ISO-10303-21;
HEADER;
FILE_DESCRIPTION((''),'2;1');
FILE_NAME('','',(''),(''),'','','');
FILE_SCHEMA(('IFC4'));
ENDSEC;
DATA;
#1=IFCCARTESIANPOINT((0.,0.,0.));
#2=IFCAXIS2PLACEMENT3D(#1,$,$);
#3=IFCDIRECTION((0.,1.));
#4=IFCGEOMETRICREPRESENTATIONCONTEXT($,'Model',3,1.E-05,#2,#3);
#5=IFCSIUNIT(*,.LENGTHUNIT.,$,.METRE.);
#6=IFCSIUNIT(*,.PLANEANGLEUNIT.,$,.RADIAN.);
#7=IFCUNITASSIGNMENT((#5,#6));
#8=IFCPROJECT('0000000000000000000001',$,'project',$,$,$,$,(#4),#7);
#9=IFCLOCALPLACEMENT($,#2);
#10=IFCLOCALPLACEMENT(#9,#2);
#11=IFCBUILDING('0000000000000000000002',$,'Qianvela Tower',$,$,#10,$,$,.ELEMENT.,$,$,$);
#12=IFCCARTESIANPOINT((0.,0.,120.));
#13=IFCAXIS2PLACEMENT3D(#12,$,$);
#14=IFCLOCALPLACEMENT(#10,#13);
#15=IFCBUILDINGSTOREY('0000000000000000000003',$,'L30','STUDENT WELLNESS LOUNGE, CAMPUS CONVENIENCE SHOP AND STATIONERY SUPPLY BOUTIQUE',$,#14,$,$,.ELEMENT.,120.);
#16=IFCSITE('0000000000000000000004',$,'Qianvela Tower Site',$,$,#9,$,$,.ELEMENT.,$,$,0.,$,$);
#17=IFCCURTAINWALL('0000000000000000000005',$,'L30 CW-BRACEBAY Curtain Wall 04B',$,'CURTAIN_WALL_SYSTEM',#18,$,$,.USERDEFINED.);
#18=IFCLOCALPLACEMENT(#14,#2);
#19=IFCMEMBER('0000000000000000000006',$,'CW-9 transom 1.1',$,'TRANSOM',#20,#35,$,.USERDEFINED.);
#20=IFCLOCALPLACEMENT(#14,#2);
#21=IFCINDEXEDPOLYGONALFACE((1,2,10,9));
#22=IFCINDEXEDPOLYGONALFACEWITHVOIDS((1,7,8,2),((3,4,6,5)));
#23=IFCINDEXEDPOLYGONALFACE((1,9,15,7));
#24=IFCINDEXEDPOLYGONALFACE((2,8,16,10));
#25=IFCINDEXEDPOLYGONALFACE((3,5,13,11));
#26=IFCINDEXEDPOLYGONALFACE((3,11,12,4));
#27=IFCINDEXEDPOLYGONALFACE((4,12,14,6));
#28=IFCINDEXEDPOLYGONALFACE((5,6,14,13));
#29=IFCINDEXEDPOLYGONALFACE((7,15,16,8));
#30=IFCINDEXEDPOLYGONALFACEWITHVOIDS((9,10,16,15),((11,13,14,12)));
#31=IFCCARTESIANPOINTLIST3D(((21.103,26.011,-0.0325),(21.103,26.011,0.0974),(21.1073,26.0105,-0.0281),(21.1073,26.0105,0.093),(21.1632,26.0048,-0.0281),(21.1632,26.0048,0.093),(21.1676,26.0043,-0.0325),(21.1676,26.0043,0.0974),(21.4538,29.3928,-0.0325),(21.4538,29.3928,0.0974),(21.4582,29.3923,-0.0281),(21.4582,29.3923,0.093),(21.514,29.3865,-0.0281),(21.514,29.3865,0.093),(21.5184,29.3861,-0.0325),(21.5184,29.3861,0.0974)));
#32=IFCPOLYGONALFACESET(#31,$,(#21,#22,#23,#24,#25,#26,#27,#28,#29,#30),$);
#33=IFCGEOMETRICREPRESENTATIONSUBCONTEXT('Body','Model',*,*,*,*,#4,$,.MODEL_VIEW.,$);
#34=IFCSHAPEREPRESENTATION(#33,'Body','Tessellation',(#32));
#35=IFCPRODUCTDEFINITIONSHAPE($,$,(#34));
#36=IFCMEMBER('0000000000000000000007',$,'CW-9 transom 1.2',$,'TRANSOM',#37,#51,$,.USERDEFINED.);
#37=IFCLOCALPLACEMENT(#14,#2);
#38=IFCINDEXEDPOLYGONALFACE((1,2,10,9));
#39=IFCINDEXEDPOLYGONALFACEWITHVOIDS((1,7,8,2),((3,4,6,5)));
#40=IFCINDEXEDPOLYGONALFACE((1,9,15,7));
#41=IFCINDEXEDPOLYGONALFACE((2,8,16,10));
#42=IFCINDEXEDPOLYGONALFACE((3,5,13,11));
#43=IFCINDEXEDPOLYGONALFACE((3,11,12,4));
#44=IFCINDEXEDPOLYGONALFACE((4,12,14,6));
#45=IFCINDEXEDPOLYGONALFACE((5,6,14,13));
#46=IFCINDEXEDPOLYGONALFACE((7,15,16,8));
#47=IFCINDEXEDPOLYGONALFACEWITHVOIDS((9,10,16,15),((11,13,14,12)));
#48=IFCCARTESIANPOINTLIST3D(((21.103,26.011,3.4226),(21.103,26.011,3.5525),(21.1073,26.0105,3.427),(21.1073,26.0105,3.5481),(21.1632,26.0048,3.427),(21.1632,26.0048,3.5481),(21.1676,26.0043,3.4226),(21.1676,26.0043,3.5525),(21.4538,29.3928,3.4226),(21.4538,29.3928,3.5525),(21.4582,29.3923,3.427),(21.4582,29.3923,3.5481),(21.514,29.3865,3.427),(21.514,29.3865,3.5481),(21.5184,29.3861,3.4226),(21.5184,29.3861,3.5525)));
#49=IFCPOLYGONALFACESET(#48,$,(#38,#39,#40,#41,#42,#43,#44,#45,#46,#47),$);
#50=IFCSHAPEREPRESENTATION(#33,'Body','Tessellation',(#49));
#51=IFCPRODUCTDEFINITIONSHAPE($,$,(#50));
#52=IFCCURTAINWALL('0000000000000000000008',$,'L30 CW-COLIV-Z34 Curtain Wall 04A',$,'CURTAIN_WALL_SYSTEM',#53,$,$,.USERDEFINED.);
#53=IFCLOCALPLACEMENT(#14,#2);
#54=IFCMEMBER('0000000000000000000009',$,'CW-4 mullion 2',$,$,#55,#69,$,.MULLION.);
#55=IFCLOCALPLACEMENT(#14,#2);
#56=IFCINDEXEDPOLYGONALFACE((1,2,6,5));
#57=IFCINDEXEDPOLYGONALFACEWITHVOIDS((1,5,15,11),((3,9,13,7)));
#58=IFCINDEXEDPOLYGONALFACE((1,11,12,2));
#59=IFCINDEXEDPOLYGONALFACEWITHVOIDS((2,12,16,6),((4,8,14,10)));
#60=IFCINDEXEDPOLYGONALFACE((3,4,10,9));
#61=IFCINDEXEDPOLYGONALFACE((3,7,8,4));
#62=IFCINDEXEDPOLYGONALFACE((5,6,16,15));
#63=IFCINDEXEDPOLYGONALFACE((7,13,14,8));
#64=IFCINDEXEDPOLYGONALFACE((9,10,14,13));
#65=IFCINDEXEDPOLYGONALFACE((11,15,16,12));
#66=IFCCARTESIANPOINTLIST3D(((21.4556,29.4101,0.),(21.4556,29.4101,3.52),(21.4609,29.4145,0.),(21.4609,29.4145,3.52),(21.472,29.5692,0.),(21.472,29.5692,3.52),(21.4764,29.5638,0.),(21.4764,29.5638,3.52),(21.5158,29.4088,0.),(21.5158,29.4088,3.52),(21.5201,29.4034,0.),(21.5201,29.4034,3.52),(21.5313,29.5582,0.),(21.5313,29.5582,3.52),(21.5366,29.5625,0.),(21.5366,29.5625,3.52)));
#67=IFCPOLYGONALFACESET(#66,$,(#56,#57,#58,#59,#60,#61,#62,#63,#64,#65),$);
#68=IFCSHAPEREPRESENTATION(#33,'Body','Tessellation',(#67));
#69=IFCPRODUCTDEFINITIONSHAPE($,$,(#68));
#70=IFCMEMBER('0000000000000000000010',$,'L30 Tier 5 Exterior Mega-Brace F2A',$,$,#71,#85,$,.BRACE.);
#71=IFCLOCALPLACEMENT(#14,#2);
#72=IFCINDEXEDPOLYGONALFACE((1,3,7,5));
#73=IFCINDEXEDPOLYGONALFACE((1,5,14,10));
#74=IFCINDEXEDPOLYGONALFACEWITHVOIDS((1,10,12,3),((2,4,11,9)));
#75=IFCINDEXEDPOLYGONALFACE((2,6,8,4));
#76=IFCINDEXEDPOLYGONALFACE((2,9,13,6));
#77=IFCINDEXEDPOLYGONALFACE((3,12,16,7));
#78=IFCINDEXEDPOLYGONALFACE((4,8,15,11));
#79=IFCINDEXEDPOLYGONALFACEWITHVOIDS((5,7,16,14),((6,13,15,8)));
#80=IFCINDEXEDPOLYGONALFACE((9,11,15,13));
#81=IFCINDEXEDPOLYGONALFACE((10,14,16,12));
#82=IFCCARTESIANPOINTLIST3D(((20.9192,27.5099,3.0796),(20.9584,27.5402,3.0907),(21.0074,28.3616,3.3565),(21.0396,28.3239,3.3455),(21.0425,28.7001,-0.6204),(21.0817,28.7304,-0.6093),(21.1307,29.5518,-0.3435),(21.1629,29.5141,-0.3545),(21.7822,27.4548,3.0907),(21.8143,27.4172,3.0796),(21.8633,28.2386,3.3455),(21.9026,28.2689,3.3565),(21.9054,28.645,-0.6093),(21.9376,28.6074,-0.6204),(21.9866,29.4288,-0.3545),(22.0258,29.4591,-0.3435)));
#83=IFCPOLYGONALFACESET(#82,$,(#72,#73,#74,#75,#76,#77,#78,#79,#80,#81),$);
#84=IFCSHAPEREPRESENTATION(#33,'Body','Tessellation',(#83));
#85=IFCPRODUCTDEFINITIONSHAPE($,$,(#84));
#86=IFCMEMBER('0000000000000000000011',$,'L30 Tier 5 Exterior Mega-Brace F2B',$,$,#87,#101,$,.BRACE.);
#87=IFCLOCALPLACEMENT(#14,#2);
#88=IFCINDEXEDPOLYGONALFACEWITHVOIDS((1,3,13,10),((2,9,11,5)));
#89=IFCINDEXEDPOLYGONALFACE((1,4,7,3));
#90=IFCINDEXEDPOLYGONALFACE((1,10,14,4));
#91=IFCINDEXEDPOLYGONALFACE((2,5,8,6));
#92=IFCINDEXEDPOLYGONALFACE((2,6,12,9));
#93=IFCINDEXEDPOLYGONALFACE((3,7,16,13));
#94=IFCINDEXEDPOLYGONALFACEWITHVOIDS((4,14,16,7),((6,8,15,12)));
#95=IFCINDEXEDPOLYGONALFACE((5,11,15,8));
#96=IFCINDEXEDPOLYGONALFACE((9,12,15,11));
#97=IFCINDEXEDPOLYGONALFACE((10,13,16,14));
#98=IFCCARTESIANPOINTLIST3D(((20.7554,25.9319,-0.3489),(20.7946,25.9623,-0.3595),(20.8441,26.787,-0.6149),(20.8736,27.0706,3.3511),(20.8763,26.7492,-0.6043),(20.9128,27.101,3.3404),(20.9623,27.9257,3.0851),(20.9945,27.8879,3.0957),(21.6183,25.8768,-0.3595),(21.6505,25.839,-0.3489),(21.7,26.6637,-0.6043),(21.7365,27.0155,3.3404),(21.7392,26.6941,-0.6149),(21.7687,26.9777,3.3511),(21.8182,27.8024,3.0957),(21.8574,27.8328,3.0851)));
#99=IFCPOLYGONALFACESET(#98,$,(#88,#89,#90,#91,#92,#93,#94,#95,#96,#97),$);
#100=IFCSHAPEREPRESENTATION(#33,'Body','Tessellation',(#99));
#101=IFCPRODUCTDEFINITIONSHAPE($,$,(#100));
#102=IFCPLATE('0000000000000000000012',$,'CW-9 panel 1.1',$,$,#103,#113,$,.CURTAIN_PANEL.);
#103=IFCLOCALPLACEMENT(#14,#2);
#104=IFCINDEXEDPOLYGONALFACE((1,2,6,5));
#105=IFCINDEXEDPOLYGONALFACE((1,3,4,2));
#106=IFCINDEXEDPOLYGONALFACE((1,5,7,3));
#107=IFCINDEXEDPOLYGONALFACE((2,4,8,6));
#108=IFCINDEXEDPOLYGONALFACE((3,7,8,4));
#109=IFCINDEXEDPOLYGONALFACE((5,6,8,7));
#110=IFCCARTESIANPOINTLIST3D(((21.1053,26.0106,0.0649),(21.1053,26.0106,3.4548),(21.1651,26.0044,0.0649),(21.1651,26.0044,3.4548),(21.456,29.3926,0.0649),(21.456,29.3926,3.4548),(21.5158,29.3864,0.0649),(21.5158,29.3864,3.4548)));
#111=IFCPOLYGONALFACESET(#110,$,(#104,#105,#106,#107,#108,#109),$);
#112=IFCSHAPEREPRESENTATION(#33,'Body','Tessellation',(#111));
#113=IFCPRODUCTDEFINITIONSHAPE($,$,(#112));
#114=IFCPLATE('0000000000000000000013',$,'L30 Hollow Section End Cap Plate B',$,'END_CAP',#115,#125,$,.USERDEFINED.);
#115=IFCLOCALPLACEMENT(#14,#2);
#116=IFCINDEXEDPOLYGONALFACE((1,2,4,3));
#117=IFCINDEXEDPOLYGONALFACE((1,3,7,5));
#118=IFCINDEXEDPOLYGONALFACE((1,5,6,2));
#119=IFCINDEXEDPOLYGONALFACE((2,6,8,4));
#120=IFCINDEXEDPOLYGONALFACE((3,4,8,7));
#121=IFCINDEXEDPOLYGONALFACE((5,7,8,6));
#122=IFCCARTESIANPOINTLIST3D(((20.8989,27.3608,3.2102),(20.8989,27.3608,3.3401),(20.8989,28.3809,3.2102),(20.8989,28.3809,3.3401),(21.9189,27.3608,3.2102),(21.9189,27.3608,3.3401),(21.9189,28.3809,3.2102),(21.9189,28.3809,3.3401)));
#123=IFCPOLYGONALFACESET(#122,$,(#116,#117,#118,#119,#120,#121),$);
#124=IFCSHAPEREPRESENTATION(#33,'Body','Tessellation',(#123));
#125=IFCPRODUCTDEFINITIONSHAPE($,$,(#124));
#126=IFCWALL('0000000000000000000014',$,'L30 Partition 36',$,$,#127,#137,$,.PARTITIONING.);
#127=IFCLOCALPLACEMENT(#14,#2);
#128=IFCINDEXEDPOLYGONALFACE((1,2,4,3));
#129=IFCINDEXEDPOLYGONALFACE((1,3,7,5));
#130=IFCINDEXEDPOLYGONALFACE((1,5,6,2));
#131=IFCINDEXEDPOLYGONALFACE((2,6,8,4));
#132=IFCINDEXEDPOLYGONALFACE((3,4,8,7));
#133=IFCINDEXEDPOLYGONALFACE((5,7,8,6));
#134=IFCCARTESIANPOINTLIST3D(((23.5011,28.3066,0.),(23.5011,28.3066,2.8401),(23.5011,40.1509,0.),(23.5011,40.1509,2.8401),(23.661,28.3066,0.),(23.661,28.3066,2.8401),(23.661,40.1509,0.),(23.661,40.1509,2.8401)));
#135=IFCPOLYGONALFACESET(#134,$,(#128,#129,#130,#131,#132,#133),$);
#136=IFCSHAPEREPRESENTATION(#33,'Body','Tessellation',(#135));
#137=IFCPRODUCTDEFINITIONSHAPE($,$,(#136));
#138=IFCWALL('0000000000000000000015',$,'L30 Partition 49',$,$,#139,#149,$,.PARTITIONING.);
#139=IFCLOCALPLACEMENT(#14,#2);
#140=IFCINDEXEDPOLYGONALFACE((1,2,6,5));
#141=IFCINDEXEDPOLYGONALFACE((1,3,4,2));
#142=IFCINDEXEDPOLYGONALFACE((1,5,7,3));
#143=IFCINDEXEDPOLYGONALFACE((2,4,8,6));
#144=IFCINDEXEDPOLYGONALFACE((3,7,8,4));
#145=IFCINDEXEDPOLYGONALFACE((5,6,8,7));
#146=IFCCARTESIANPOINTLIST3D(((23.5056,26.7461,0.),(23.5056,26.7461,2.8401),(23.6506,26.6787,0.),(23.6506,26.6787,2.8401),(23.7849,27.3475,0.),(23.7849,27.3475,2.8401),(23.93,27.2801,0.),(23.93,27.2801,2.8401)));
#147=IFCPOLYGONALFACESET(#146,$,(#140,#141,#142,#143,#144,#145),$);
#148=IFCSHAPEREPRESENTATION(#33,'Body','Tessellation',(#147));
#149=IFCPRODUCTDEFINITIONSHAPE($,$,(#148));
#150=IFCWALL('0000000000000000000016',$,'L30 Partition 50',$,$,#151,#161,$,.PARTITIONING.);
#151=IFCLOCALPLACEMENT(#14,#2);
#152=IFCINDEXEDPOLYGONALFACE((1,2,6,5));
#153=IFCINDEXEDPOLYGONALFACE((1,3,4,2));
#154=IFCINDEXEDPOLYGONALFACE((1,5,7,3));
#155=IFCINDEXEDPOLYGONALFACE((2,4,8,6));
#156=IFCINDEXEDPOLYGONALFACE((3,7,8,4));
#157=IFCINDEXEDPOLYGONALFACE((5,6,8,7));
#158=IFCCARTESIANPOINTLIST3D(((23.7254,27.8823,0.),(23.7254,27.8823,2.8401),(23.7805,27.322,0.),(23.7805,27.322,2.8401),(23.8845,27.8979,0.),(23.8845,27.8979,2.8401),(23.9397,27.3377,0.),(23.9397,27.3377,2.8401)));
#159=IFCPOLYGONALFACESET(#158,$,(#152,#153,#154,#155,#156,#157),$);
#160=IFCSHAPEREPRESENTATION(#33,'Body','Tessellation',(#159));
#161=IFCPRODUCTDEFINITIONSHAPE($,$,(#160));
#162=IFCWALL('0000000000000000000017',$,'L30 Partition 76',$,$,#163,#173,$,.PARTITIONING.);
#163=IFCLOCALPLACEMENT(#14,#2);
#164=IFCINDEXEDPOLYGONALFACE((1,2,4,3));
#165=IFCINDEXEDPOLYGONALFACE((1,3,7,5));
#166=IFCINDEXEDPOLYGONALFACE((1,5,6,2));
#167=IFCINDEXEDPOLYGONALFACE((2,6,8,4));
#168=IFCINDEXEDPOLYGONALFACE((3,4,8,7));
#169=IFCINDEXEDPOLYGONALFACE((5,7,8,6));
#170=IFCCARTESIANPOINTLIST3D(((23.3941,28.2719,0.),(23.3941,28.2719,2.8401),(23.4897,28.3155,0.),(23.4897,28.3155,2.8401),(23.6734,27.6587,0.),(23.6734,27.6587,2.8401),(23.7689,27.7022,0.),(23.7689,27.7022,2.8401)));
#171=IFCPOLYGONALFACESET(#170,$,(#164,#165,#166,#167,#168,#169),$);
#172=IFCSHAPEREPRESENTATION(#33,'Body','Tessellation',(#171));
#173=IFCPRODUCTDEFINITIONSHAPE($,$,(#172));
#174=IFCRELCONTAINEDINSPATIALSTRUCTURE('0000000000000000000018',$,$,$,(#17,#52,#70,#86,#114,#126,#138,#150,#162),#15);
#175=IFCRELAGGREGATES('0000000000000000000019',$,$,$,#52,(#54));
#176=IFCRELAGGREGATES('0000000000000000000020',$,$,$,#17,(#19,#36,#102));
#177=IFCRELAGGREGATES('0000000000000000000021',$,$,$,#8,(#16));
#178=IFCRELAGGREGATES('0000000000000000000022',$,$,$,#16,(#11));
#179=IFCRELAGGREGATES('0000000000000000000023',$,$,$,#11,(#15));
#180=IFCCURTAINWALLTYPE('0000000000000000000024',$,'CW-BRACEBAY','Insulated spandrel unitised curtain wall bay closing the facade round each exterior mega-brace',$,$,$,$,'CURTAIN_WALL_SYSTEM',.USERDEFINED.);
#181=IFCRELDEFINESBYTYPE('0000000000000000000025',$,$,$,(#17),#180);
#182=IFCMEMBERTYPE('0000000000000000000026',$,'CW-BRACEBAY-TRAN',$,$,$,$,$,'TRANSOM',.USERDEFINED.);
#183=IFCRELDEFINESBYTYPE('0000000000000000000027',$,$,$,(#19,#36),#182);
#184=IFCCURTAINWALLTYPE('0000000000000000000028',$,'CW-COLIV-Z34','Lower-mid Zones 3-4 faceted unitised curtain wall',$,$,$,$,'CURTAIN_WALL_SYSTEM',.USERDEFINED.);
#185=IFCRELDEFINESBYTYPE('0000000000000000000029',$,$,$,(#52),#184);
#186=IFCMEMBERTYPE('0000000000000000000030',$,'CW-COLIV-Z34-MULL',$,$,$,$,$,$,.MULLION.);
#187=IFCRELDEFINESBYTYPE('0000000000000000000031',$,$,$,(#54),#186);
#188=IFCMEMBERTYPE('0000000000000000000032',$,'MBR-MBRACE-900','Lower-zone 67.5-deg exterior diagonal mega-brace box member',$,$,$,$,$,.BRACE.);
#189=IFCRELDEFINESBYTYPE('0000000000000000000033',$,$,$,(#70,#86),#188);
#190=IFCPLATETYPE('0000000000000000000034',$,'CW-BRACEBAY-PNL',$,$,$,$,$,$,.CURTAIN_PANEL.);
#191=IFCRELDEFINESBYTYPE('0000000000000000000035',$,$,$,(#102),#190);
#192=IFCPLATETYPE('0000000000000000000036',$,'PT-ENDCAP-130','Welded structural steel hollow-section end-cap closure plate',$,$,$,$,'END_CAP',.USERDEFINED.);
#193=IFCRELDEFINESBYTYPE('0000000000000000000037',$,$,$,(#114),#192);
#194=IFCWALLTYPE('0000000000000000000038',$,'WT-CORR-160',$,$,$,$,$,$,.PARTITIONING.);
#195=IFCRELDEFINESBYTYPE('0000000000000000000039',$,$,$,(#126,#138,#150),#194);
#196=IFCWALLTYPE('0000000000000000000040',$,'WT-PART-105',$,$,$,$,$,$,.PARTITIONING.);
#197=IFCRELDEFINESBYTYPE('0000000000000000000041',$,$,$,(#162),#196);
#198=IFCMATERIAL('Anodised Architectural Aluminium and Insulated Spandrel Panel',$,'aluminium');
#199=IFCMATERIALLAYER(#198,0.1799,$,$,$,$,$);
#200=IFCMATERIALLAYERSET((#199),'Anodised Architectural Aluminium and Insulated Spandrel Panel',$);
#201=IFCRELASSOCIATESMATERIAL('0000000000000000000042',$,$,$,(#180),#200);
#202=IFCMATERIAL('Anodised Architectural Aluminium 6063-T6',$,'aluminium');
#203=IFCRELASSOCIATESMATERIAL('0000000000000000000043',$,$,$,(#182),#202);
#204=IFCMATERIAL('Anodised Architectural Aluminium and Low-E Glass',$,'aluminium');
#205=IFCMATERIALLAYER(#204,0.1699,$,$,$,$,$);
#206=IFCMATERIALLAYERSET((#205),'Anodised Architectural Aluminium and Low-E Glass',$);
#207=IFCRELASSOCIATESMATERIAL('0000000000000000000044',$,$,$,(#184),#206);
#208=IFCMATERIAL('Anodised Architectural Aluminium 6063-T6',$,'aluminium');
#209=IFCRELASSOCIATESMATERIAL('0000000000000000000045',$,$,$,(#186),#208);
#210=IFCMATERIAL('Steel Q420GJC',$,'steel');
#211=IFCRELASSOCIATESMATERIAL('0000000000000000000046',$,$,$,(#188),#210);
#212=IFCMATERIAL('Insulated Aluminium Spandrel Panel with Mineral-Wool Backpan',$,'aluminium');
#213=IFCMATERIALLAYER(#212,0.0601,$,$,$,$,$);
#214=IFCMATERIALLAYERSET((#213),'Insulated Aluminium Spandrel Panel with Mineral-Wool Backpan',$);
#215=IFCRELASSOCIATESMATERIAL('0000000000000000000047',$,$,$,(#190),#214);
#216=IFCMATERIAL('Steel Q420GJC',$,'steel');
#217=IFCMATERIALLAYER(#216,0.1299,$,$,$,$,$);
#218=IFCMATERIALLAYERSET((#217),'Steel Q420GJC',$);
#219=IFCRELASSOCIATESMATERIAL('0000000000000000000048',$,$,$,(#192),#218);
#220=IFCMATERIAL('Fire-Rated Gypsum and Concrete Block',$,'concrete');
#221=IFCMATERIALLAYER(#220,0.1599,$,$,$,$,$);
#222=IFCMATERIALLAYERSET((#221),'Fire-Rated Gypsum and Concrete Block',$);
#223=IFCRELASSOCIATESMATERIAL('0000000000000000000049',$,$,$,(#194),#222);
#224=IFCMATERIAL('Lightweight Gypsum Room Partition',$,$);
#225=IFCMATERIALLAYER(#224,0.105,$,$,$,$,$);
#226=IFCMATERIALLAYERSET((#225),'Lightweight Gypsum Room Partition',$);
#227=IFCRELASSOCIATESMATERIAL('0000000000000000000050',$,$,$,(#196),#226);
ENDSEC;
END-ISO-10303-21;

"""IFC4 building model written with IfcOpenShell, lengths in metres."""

from ifc_helpers import new_model, si_unit, direction, frame, frame_2d, origin, origin_2d, place, context, subcontext, project, spatial, rectangle, hollow_rectangle, extrude, material, layer, layer_set, material_profile, profile_set, type_object, element, aggregate, save


model = new_model("IFC4")

# Units and contexts
model_context = context("Model", 3, precision=1e-05, world=origin(), true_north=direction((0.0, 1.0)))
body_context = subcontext(model_context, "Body", "Model", "MODEL_VIEW")
ifc_project = project(units=[si_unit("LENGTHUNIT", "METRE"), si_unit("PLANEANGLEUNIT", "RADIAN")], contexts=[model_context])

# Site, building, storey
site_placement = place(None, origin())
site = spatial("IfcSite", under=ifc_project, at=site_placement, Name="Qianvela Tower Site", CompositionType="ELEMENT", RefElevation=0.0)
building_placement = place(site_placement, origin())
building = spatial("IfcBuilding", under=site, at=building_placement, Name="Qianvela Tower", CompositionType="ELEMENT")
storey_placement = place(building_placement, frame((0.0, 0.0, 120.0)))
storey = spatial("IfcBuildingStorey", under=building, at=storey_placement, Name="L30", Description="STUDENT WELLNESS LOUNGE, CAMPUS CONVENIENCE SHOP AND STATIONERY SUPPLY BOUTIQUE", CompositionType="ELEMENT", Elevation=120.0)

# Curtain wall, members
ifc_material_1 = material(Name="Anodised Architectural Aluminium and Insulated Spandrel Panel", Category="aluminium")
ifc_layer_1 = layer(ifc_material_1, 0.1799)
ifc_layer_set_1 = layer_set([ifc_layer_1], Name="Anodised Architectural Aluminium and Insulated Spandrel Panel")
curtain_wall_type_1 = type_object("IfcCurtainWallType", Name="CW-BRACEBAY", Description="Insulated spandrel unitised curtain wall bay closing the facade round each exterior mega-brace", ElementType="CURTAIN_WALL_SYSTEM", PredefinedType="USERDEFINED", material=ifc_layer_set_1)
curtain_wall_1_placement = place(storey_placement, origin())
curtain_wall_1 = element("IfcCurtainWall", 1, at=curtain_wall_1_placement, inside=storey, type_object=curtain_wall_type_1, Name="L30 CW-BRACEBAY Curtain Wall 04B", ObjectType="CURTAIN_WALL_SYSTEM", PredefinedType="USERDEFINED")
ifc_material_2 = material(Name="Anodised Architectural Aluminium 6063-T6", Category="aluminium")
ifc_material_profile_1 = material_profile(ifc_material_2, hollow_rectangle(XDim=0.0649, YDim=0.1299, WallThickness=0.0044, at=origin_2d()), Name="ALU-TRAN-65x130")
ifc_profile_set_1 = profile_set([ifc_material_profile_1], Name="Anodised Architectural Aluminium 6063-T6")
member_type_1 = type_object("IfcMemberType", Name="CW-BRACEBAY-TRAN", ElementType="TRANSOM", PredefinedType="USERDEFINED", material=ifc_profile_set_1)
member_1_placement = place(storey_placement, frame((21.4861, 29.3894, 0.0325), z_axis=(-0.103186, -0.994662, 0.0), x_axis=(0.994662, -0.103186, 0.0)))
member_1 = element("IfcMember", 2, at=member_1_placement, type_object=member_type_1, Name="CW-9 transom 1.1", ObjectType="TRANSOM", PredefinedType="USERDEFINED", context=body_context, shape_type="SweptSolid", body=[
    extrude(hollow_rectangle(XDim=0.0649, YDim=0.1299, WallThickness=0.0044, at=origin_2d()), origin(), (0.0, 0.0, 1.0), 3.3999),
])
member_2_placement = place(storey_placement, frame((21.4861, 29.3894, 3.4875), z_axis=(-0.103186, -0.994662, 0.0), x_axis=(0.994662, -0.103186, 0.0)))
member_2 = element("IfcMember", 3, at=member_2_placement, type_object=member_type_1, Name="CW-9 transom 1.2", ObjectType="TRANSOM", PredefinedType="USERDEFINED", context=body_context, shape_type="SweptSolid", body=[
    extrude(hollow_rectangle(XDim=0.0649, YDim=0.1299, WallThickness=0.0044, at=origin_2d()), origin(), (0.0, 0.0, 1.0), 3.3999),
])

# Curtain wall, member
ifc_material_3 = material(Name="Anodised Architectural Aluminium and Low-E Glass", Category="aluminium")
ifc_layer_2 = layer(ifc_material_3, 0.1699)
ifc_layer_set_2 = layer_set([ifc_layer_2], Name="Anodised Architectural Aluminium and Low-E Glass")
curtain_wall_type_2 = type_object("IfcCurtainWallType", Name="CW-COLIV-Z34", Description="Lower-mid Zones 3-4 faceted unitised curtain wall", ElementType="CURTAIN_WALL_SYSTEM", PredefinedType="USERDEFINED", material=ifc_layer_set_2)
curtain_wall_2_placement = place(storey_placement, origin())
curtain_wall_2 = element("IfcCurtainWall", 4, at=curtain_wall_2_placement, inside=storey, type_object=curtain_wall_type_2, Name="L30 CW-COLIV-Z34 Curtain Wall 04A", ObjectType="CURTAIN_WALL_SYSTEM", PredefinedType="USERDEFINED")
ifc_material_4 = material(Name="Anodised Architectural Aluminium 6063-T6", Category="aluminium")
ifc_material_profile_2 = material_profile(ifc_material_4, hollow_rectangle(XDim=0.0649, YDim=0.1599, WallThickness=0.0049, at=origin_2d()), Name="ALU-MULL-65x160")
ifc_profile_set_2 = profile_set([ifc_material_profile_2], Name="Anodised Architectural Aluminium 6063-T6")
member_type_2 = type_object("IfcMemberType", Name="CW-COLIV-Z34-MULL", PredefinedType="MULLION", material=ifc_profile_set_2)
member_3_placement = place(storey_placement, frame((21.4961, 29.4863, 0.0), z_axis=(0.0, 0.0, 1.0), x_axis=(0.994668, -0.10313, 0.0)))
member_3 = element("IfcMember", 5, at=member_3_placement, type_object=member_type_2, Name="CW-4 mullion 2", PredefinedType="MULLION", context=body_context, shape_type="SweptSolid", body=[
    extrude(hollow_rectangle(XDim=0.0649, YDim=0.1599, WallThickness=0.0049, at=origin_2d()), origin(), (0.0, 0.0, 1.0), 3.52),
])
aggregate(curtain_wall_2, [member_3])

# Members
ifc_material_5 = material(Name="Steel Q420GJC", Category="steel")
ifc_material_profile_3 = material_profile(ifc_material_5, hollow_rectangle(XDim=0.8999, YDim=0.8999, WallThickness=0.0359, at=origin_2d()), Name="MBOX-900x900x36")
ifc_profile_set_3 = profile_set([ifc_material_profile_3], Name="Steel Q420GJC")
member_type_3 = type_object("IfcMemberType", Name="MBR-MBRACE-900", Description="Lower-zone 67.5-deg exterior diagonal mega-brace box member", PredefinedType="BRACE", material=ifc_profile_set_3)
member_4_placement = place(storey_placement, frame((21.5342, 29.0796, -0.4819), z_axis=(-0.031706, -0.306069, 0.951481), x_axis=(0.994677, -0.103038, 0.0)))
element("IfcMember", 6, at=member_4_placement, inside=storey, type_object=member_type_3, Name="L30 Tier 5 Exterior Mega-Brace F2A", PredefinedType="BRACE", context=body_context, shape_type="SweptSolid", body=[
    extrude(hollow_rectangle(XDim=0.8999, YDim=0.8999, WallThickness=0.0359, at=origin_2d()), origin(), (0.0, 0.0, 1.0), 3.8887),
])
member_5_placement = place(storey_placement, frame((21.2473, 26.313, -0.4819), z_axis=(0.03051, 0.294002, 0.955318), x_axis=(-0.994659, 0.103219, 0.0)))
element("IfcMember", 7, at=member_5_placement, inside=storey, type_object=member_type_3, Name="L30 Tier 5 Exterior Mega-Brace F2B", PredefinedType="BRACE", context=body_context, shape_type="SweptSolid", body=[
    extrude(hollow_rectangle(XDim=0.8999, YDim=0.8999, WallThickness=0.0359, at=origin_2d()), origin(), (0.0, 0.0, 1.0), 3.873),
])

# Plates
ifc_material_6 = material(Name="Insulated Aluminium Spandrel Panel with Mineral-Wool Backpan", Category="aluminium")
ifc_layer_3 = layer(ifc_material_6, 0.0601)
ifc_layer_set_3 = layer_set([ifc_layer_3], Name="Insulated Aluminium Spandrel Panel with Mineral-Wool Backpan")
plate_type_1 = type_object("IfcPlateType", Name="CW-BRACEBAY-PNL", PredefinedType="CURTAIN_PANEL", material=ifc_layer_set_3)
plate_1_placement = place(storey_placement, frame((21.3105, 27.6985, 0.0649), z_axis=(0.0, 0.0, 1.0), x_axis=(-0.103144, -0.994666, 0.0)))
plate_1 = element("IfcPlate", 8, at=plate_1_placement, type_object=plate_type_1, Name="CW-9 panel 1.1", PredefinedType="CURTAIN_PANEL", context=body_context, shape_type="SweptSolid", body=[
    extrude(rectangle(XDim=3.4001, YDim=0.0601, at=origin_2d()), origin(), (0.0, 0.0, 1.0), 3.3899),
])
aggregate(curtain_wall_1, [member_1, member_2, plate_1])
ifc_material_7 = material(Name="Steel Q420GJC", Category="steel")
ifc_layer_4 = layer(ifc_material_7, 0.1299)
ifc_layer_set_4 = layer_set([ifc_layer_4], Name="Steel Q420GJC")
plate_type_2 = type_object("IfcPlateType", Name="PT-ENDCAP-130", Description="Welded structural steel hollow-section end-cap closure plate", ElementType="END_CAP", PredefinedType="USERDEFINED", material=ifc_layer_set_4)
plate_2_placement = place(storey_placement, frame((21.4089, 27.8708, 3.2102), z_axis=(0.0, 0.0, 1.0), x_axis=(1.0, 0.0, 0.0)))
element("IfcPlate", 9, at=plate_2_placement, inside=storey, type_object=plate_type_2, Name="L30 Hollow Section End Cap Plate B", ObjectType="END_CAP", PredefinedType="USERDEFINED", context=body_context, shape_type="SweptSolid", body=[
    extrude(rectangle(XDim=1.02, YDim=1.02, at=origin_2d()), origin(), (0.0, 0.0, 1.0), 0.1299),
])

# Walls
ifc_material_8 = material(Name="Fire-Rated Gypsum and Concrete Block", Category="concrete")
ifc_layer_5 = layer(ifc_material_8, 0.1599)
ifc_layer_set_5 = layer_set([ifc_layer_5], Name="Fire-Rated Gypsum and Concrete Block")
wall_type_1 = type_object("IfcWallType", Name="WT-CORR-160", PredefinedType="PARTITIONING", material=ifc_layer_set_5)
wall_1_placement = place(storey_placement, frame((23.5811, 28.3066, 0.0), z_axis=(0.0, 0.0, 1.0), x_axis=(0.0, 1.0, 0.0)))
element("IfcWall", 10, at=wall_1_placement, inside=storey, type_object=wall_type_1, Name="L30 Partition 36", PredefinedType="PARTITIONING", context=body_context, shape_type="SweptSolid", body=[
    extrude(rectangle(XDim=11.8442, YDim=0.1599, at=frame_2d((5.9221, 0.0))), origin(), (0.0, 0.0, 1.0), 2.8401),
])
wall_2_placement = place(storey_placement, frame((23.5781, 26.7124, 0.0), z_axis=(0.0, 0.0, 1.0), x_axis=(0.421252, 0.906944, 0.0)))
element("IfcWall", 11, at=wall_2_placement, inside=storey, type_object=wall_type_1, Name="L30 Partition 49", PredefinedType="PARTITIONING", context=body_context, shape_type="SweptSolid", body=[
    extrude(rectangle(XDim=0.6631, YDim=0.1599, at=frame_2d((0.3315, 0.0))), origin(), (0.0, 0.0, 1.0), 2.8401),
])
wall_3_placement = place(storey_placement, frame((23.8601, 27.3298, 0.0), z_axis=(0.0, 0.0, 1.0), x_axis=(-0.098001, 0.995186, 0.0)))
element("IfcWall", 12, at=wall_3_placement, inside=storey, type_object=wall_type_1, Name="L30 Partition 50", PredefinedType="PARTITIONING", context=body_context, shape_type="SweptSolid", body=[
    extrude(rectangle(XDim=0.563, YDim=0.1599, at=frame_2d((0.2815, 0.0))), origin(), (0.0, 0.0, 1.0), 2.8401),
])
ifc_material_9 = material(Name="Lightweight Gypsum Room Partition")
ifc_layer_6 = layer(ifc_material_9, 0.105)
ifc_layer_set_6 = layer_set([ifc_layer_6], Name="Lightweight Gypsum Room Partition")
wall_type_2 = type_object("IfcWallType", Name="WT-PART-105", PredefinedType="PARTITIONING", material=ifc_layer_set_6)
wall_4_placement = place(storey_placement, frame((23.4419, 28.2937, 0.0), z_axis=(0.0, 0.0, 1.0), x_axis=(0.414458, -0.910068, 0.0)))
element("IfcWall", 13, at=wall_4_placement, inside=storey, type_object=wall_type_2, Name="L30 Partition 76", PredefinedType="PARTITIONING", context=body_context, shape_type="SweptSolid", body=[
    extrude(rectangle(XDim=0.6738, YDim=0.105, at=frame_2d((0.3369, 0.0))), origin(), (0.0, 0.0, 1.0), 2.8401),
])

save(model, "model.ifc")
